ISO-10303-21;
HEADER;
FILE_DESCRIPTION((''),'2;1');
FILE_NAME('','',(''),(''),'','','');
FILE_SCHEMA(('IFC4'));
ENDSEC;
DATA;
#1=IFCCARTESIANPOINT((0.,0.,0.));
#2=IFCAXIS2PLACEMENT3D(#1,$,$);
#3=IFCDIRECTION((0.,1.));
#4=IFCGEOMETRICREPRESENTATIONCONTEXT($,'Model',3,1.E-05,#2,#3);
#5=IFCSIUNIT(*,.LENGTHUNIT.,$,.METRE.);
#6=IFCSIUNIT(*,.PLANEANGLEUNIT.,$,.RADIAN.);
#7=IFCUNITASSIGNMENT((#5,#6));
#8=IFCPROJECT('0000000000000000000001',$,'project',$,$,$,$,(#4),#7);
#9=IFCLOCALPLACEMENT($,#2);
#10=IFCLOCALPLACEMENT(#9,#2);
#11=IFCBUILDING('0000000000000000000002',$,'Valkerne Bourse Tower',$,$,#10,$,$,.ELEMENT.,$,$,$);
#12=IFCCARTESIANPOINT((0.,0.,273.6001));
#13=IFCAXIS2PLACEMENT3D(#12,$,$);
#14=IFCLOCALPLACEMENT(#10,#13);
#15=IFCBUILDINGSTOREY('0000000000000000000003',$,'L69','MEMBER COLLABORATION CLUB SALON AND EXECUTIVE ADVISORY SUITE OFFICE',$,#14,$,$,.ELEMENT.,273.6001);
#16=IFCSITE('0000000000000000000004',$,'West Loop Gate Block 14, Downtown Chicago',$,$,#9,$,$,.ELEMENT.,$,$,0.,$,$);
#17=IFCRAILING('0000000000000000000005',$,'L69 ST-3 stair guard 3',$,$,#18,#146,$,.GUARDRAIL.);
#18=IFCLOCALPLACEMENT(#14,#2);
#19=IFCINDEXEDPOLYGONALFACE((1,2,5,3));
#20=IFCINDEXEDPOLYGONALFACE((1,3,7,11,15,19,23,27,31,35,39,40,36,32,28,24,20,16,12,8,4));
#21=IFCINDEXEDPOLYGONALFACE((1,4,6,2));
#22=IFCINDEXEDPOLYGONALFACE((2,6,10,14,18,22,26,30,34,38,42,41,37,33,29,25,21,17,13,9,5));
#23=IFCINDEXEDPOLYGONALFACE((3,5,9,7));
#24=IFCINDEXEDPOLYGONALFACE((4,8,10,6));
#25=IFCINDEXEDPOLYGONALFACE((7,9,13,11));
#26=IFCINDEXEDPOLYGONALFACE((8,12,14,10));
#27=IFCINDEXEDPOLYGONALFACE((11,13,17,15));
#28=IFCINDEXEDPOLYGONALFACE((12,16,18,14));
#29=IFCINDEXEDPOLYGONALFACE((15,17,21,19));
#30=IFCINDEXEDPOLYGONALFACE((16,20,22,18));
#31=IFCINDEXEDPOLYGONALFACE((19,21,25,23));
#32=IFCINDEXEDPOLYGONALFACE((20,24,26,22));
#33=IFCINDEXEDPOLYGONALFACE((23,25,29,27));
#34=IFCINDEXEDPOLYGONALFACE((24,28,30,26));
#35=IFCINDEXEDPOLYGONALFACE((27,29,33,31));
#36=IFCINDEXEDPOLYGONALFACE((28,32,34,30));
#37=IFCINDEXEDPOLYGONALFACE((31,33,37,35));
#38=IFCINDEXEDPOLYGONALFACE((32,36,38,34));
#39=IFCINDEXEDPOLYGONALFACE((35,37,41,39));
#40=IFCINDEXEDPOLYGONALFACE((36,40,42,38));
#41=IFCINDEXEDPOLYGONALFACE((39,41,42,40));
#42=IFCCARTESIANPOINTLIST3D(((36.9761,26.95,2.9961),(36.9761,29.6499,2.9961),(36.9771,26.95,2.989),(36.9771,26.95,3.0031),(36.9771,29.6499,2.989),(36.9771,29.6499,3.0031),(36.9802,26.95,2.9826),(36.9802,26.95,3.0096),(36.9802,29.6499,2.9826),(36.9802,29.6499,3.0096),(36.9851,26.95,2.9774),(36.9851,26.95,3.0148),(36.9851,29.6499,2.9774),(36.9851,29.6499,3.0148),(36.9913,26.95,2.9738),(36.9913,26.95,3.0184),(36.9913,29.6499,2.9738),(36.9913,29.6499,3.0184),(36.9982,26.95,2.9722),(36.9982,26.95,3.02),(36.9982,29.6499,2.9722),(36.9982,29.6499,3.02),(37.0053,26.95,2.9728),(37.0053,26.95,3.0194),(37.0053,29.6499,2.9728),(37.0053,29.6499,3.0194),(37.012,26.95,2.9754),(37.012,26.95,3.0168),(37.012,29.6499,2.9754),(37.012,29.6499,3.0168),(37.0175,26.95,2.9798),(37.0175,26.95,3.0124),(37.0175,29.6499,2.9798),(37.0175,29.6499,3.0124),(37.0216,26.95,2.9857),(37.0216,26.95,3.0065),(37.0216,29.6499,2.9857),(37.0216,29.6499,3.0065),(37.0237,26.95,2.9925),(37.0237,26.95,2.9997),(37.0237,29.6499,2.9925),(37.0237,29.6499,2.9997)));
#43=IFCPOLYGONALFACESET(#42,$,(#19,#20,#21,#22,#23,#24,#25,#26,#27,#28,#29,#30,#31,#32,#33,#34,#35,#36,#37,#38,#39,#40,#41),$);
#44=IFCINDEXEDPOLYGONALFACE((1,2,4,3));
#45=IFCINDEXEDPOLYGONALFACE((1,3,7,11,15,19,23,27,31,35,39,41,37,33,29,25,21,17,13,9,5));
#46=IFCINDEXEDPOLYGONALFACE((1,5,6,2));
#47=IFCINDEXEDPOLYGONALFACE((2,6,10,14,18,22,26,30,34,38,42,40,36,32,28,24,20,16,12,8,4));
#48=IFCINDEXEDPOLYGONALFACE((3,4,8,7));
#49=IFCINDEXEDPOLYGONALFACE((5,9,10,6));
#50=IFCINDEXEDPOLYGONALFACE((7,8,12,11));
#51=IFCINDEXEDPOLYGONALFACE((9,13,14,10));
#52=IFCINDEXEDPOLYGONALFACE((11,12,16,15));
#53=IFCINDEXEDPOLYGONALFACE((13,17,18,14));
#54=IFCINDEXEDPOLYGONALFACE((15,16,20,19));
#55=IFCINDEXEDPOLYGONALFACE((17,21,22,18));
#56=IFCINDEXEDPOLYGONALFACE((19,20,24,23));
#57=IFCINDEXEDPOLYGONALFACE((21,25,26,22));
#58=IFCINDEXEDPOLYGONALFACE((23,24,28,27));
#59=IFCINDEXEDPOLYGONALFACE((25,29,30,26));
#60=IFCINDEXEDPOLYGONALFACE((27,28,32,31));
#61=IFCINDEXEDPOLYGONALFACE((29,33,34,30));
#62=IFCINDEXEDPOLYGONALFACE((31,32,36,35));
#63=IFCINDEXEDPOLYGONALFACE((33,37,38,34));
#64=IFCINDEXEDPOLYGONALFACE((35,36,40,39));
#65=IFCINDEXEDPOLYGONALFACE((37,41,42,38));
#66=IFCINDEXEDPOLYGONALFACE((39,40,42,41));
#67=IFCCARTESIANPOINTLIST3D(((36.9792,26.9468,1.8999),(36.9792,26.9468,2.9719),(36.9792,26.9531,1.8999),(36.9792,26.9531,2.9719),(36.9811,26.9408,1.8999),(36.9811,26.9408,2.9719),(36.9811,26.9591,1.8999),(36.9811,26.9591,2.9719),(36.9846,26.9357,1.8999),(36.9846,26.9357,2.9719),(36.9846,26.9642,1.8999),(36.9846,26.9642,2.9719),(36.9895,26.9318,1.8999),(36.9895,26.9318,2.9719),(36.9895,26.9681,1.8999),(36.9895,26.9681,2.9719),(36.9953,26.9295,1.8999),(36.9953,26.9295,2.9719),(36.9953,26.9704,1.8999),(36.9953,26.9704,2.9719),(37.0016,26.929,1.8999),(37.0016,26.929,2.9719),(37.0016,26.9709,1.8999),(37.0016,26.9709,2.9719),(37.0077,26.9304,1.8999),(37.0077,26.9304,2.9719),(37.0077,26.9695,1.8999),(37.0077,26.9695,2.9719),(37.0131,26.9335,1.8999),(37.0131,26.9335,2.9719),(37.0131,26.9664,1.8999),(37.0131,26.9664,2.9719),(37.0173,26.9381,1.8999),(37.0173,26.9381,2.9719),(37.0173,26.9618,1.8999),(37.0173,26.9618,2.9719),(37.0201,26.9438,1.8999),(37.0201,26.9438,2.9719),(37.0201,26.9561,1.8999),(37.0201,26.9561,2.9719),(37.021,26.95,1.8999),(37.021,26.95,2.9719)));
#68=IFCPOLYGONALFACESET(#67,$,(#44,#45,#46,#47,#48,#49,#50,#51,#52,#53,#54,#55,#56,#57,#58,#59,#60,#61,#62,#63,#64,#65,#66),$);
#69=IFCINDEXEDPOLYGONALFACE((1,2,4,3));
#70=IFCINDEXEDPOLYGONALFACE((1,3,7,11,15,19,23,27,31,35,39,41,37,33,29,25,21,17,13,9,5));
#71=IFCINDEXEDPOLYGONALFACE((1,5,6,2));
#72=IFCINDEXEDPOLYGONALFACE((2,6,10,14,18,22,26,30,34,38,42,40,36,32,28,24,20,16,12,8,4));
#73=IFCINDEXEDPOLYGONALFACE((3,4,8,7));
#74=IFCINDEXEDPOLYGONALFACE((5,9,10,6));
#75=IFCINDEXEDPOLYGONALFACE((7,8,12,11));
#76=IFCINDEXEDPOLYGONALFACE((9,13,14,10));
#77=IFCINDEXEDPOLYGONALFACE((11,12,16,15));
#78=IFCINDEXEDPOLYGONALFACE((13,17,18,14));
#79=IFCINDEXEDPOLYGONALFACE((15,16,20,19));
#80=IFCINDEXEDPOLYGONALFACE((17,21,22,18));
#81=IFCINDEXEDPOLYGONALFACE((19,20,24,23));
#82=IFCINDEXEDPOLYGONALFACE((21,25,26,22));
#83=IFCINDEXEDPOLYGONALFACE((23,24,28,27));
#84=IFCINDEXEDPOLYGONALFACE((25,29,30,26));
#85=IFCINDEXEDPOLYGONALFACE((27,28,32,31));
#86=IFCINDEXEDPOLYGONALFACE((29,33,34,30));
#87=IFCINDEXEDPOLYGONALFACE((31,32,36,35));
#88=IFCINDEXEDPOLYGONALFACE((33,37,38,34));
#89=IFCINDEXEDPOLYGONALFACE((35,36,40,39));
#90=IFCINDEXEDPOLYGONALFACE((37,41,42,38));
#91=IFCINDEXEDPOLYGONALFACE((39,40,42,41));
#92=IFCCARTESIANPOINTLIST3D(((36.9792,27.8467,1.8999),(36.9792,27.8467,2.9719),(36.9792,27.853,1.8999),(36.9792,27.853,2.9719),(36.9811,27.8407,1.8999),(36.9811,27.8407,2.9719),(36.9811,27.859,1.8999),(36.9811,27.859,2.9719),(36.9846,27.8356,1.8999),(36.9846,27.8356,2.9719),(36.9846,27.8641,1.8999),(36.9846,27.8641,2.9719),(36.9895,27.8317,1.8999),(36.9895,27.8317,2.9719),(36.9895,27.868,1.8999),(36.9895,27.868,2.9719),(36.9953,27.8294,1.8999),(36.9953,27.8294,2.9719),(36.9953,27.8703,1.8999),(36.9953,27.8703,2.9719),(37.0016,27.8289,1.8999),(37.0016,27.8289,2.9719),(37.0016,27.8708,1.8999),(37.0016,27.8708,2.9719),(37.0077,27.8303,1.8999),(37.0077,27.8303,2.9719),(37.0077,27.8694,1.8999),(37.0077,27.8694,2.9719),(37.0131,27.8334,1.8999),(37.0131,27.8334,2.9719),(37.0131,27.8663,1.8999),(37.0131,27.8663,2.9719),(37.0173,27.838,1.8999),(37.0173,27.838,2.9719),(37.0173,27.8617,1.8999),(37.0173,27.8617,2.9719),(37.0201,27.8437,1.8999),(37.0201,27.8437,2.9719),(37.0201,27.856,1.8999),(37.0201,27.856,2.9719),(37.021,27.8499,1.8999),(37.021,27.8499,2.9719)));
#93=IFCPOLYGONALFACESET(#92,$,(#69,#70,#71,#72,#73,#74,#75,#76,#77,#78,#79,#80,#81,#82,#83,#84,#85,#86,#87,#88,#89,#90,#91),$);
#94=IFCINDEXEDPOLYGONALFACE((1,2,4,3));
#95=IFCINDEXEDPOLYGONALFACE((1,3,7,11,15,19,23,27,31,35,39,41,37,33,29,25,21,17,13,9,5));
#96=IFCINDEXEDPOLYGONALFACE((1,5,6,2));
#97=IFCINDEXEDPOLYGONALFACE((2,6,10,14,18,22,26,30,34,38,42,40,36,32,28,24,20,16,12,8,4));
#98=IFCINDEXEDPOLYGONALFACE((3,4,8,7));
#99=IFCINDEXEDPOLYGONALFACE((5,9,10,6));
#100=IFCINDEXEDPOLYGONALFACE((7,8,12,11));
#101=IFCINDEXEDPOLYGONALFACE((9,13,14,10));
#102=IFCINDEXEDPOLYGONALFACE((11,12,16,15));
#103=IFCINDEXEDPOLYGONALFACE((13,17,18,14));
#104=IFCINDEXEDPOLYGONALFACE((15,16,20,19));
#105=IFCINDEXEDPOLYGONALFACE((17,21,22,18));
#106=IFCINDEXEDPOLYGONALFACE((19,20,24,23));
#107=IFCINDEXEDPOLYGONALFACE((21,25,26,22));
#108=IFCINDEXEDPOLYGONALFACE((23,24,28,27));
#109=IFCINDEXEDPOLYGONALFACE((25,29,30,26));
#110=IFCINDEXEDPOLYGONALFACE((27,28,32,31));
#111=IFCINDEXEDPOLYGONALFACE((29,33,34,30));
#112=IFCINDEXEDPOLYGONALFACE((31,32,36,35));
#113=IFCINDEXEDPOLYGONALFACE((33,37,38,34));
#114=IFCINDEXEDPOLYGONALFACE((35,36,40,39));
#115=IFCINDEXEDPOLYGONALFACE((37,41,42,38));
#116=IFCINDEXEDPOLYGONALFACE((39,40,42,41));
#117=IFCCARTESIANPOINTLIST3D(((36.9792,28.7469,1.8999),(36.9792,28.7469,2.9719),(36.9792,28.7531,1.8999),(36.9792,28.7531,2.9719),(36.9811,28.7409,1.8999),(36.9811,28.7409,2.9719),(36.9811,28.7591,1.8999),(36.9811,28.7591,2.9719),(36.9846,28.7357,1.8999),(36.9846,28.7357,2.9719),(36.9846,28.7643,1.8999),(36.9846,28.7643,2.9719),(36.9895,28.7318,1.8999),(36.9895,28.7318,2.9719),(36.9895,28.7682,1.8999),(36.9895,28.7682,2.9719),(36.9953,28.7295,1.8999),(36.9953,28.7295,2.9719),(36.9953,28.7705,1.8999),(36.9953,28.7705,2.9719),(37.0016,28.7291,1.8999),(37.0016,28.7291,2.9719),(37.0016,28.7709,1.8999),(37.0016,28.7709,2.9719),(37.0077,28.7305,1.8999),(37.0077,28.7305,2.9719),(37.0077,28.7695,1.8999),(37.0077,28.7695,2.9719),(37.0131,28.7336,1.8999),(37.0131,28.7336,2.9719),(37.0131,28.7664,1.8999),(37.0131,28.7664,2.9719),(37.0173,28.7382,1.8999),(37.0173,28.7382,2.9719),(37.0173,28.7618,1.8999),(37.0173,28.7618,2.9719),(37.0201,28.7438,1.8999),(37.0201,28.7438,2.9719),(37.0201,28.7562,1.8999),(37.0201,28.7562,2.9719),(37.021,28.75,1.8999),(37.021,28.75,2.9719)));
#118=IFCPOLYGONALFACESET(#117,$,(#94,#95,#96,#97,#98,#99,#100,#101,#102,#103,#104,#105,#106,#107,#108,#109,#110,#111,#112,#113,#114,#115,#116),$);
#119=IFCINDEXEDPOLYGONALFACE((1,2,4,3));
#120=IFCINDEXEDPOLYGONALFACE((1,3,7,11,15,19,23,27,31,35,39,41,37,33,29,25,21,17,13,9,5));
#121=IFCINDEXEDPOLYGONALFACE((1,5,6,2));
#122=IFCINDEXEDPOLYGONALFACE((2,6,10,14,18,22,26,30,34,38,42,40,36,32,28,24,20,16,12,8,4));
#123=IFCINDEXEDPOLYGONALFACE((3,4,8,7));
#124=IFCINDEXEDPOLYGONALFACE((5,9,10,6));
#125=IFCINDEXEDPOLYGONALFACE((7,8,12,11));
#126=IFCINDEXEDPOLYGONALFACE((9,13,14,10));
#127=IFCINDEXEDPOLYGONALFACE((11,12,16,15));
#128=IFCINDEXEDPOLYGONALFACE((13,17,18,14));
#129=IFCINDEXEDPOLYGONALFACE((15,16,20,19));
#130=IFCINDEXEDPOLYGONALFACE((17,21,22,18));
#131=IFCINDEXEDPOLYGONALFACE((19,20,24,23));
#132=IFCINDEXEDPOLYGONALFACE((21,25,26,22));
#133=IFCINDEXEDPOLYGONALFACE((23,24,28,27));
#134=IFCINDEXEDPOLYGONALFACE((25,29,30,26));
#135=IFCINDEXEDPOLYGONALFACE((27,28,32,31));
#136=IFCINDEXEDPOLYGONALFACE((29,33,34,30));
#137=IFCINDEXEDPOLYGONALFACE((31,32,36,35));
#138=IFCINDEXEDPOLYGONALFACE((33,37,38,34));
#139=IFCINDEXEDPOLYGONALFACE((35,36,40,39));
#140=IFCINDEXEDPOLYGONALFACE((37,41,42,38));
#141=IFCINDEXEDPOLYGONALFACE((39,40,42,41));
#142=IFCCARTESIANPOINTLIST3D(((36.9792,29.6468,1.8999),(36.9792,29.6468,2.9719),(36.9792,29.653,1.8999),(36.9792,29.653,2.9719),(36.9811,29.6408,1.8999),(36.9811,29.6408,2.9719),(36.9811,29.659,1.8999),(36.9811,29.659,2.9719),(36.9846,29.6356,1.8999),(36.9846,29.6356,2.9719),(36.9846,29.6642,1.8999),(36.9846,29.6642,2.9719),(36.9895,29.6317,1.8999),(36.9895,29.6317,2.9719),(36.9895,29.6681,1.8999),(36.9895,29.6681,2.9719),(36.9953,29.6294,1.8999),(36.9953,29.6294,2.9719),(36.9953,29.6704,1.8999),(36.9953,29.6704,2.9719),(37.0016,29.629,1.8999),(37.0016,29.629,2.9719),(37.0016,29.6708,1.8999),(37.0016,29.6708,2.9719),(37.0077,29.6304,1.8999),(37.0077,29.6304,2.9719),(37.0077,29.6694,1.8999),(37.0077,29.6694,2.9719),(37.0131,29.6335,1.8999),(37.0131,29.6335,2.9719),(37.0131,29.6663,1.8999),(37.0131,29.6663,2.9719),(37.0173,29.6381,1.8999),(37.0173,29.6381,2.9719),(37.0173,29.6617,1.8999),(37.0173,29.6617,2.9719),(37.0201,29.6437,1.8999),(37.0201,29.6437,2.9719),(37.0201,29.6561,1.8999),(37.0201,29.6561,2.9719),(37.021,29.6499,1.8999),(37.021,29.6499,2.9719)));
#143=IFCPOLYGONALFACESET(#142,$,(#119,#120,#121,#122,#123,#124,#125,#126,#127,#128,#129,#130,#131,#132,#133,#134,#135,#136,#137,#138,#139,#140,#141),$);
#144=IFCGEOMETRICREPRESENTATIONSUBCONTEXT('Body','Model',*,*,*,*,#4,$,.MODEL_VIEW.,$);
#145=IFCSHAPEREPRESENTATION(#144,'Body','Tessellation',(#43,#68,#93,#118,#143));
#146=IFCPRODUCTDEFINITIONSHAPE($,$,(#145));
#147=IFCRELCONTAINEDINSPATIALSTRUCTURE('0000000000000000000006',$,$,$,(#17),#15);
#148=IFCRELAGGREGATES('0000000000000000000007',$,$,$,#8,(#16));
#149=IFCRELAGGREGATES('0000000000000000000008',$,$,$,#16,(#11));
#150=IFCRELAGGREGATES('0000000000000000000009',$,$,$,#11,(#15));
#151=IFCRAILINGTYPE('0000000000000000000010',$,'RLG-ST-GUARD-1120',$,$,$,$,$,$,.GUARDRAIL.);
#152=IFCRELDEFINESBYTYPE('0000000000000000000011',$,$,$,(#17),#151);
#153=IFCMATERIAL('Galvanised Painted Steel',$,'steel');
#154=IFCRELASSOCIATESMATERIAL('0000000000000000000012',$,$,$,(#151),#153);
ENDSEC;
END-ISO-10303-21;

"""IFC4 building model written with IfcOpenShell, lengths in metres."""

from ifc_helpers import new_model, si_unit, direction, frame, origin, origin_2d, place, context, subcontext, project, spatial, circle, extrude, material, type_object, element, save


model = new_model("IFC4")

# Units and contexts
model_context = context("Model", 3, precision=1e-05, world=origin(), true_north=direction((0.0, 1.0)))
body_context = subcontext(model_context, "Body", "Model", "MODEL_VIEW")
ifc_project = project(units=[si_unit("LENGTHUNIT", "METRE"), si_unit("PLANEANGLEUNIT", "RADIAN")], contexts=[model_context])

# Site, building, storey
site_placement = place(None, origin())
site = spatial("IfcSite", under=ifc_project, at=site_placement, Name="West Loop Gate Block 14, Downtown Chicago", CompositionType="ELEMENT", RefElevation=0.0)
building_placement = place(site_placement, origin())
building = spatial("IfcBuilding", under=site, at=building_placement, Name="Valkerne Bourse Tower", CompositionType="ELEMENT")
storey_placement = place(building_placement, frame((0.0, 0.0, 273.6001)))
storey = spatial("IfcBuildingStorey", under=building, at=storey_placement, Name="L69", Description="MEMBER COLLABORATION CLUB SALON AND EXECUTIVE ADVISORY SUITE OFFICE", CompositionType="ELEMENT", Elevation=273.6001)

# Railing
ifc_material_1 = material(Name="Galvanised Painted Steel", Category="steel")
railing_type_1 = type_object("IfcRailingType", Name="RLG-ST-GUARD-1120", PredefinedType="GUARDRAIL", material=ifc_material_1)
railing_1_placement = place(storey_placement, frame((37.0, 26.95, 1.8999)))
element("IfcRailing", 1, at=railing_1_placement, inside=storey, type_object=railing_type_1, Name="L69 ST-3 stair guard 3", PredefinedType="GUARDRAIL", context=body_context, shape_type="SweptSolid", body=[
    extrude(circle(Radius=0.0239, at=origin_2d()), frame((0.0, 0.0, 1.0962), z_axis=(0.0, 1.0, 0.0), x_axis=(-1.0, 0.0, 0.0)), (0.0, 0.0, 1.0), 2.7),
    extrude(circle(Radius=0.021, at=origin_2d()), origin(), (0.0, 0.0, 1.0), 1.072),
    extrude(circle(Radius=0.021, at=origin_2d()), frame((0.0, 0.8999, 0.0)), (0.0, 0.0, 1.0), 1.072),
    extrude(circle(Radius=0.021, at=origin_2d()), frame((0.0, 1.8, 0.0)), (0.0, 0.0, 1.0), 1.072),
    extrude(circle(Radius=0.021, at=origin_2d()), frame((0.0, 2.7, 0.0)), (0.0, 0.0, 1.0), 1.072),
])

save(model, "model.ifc")
